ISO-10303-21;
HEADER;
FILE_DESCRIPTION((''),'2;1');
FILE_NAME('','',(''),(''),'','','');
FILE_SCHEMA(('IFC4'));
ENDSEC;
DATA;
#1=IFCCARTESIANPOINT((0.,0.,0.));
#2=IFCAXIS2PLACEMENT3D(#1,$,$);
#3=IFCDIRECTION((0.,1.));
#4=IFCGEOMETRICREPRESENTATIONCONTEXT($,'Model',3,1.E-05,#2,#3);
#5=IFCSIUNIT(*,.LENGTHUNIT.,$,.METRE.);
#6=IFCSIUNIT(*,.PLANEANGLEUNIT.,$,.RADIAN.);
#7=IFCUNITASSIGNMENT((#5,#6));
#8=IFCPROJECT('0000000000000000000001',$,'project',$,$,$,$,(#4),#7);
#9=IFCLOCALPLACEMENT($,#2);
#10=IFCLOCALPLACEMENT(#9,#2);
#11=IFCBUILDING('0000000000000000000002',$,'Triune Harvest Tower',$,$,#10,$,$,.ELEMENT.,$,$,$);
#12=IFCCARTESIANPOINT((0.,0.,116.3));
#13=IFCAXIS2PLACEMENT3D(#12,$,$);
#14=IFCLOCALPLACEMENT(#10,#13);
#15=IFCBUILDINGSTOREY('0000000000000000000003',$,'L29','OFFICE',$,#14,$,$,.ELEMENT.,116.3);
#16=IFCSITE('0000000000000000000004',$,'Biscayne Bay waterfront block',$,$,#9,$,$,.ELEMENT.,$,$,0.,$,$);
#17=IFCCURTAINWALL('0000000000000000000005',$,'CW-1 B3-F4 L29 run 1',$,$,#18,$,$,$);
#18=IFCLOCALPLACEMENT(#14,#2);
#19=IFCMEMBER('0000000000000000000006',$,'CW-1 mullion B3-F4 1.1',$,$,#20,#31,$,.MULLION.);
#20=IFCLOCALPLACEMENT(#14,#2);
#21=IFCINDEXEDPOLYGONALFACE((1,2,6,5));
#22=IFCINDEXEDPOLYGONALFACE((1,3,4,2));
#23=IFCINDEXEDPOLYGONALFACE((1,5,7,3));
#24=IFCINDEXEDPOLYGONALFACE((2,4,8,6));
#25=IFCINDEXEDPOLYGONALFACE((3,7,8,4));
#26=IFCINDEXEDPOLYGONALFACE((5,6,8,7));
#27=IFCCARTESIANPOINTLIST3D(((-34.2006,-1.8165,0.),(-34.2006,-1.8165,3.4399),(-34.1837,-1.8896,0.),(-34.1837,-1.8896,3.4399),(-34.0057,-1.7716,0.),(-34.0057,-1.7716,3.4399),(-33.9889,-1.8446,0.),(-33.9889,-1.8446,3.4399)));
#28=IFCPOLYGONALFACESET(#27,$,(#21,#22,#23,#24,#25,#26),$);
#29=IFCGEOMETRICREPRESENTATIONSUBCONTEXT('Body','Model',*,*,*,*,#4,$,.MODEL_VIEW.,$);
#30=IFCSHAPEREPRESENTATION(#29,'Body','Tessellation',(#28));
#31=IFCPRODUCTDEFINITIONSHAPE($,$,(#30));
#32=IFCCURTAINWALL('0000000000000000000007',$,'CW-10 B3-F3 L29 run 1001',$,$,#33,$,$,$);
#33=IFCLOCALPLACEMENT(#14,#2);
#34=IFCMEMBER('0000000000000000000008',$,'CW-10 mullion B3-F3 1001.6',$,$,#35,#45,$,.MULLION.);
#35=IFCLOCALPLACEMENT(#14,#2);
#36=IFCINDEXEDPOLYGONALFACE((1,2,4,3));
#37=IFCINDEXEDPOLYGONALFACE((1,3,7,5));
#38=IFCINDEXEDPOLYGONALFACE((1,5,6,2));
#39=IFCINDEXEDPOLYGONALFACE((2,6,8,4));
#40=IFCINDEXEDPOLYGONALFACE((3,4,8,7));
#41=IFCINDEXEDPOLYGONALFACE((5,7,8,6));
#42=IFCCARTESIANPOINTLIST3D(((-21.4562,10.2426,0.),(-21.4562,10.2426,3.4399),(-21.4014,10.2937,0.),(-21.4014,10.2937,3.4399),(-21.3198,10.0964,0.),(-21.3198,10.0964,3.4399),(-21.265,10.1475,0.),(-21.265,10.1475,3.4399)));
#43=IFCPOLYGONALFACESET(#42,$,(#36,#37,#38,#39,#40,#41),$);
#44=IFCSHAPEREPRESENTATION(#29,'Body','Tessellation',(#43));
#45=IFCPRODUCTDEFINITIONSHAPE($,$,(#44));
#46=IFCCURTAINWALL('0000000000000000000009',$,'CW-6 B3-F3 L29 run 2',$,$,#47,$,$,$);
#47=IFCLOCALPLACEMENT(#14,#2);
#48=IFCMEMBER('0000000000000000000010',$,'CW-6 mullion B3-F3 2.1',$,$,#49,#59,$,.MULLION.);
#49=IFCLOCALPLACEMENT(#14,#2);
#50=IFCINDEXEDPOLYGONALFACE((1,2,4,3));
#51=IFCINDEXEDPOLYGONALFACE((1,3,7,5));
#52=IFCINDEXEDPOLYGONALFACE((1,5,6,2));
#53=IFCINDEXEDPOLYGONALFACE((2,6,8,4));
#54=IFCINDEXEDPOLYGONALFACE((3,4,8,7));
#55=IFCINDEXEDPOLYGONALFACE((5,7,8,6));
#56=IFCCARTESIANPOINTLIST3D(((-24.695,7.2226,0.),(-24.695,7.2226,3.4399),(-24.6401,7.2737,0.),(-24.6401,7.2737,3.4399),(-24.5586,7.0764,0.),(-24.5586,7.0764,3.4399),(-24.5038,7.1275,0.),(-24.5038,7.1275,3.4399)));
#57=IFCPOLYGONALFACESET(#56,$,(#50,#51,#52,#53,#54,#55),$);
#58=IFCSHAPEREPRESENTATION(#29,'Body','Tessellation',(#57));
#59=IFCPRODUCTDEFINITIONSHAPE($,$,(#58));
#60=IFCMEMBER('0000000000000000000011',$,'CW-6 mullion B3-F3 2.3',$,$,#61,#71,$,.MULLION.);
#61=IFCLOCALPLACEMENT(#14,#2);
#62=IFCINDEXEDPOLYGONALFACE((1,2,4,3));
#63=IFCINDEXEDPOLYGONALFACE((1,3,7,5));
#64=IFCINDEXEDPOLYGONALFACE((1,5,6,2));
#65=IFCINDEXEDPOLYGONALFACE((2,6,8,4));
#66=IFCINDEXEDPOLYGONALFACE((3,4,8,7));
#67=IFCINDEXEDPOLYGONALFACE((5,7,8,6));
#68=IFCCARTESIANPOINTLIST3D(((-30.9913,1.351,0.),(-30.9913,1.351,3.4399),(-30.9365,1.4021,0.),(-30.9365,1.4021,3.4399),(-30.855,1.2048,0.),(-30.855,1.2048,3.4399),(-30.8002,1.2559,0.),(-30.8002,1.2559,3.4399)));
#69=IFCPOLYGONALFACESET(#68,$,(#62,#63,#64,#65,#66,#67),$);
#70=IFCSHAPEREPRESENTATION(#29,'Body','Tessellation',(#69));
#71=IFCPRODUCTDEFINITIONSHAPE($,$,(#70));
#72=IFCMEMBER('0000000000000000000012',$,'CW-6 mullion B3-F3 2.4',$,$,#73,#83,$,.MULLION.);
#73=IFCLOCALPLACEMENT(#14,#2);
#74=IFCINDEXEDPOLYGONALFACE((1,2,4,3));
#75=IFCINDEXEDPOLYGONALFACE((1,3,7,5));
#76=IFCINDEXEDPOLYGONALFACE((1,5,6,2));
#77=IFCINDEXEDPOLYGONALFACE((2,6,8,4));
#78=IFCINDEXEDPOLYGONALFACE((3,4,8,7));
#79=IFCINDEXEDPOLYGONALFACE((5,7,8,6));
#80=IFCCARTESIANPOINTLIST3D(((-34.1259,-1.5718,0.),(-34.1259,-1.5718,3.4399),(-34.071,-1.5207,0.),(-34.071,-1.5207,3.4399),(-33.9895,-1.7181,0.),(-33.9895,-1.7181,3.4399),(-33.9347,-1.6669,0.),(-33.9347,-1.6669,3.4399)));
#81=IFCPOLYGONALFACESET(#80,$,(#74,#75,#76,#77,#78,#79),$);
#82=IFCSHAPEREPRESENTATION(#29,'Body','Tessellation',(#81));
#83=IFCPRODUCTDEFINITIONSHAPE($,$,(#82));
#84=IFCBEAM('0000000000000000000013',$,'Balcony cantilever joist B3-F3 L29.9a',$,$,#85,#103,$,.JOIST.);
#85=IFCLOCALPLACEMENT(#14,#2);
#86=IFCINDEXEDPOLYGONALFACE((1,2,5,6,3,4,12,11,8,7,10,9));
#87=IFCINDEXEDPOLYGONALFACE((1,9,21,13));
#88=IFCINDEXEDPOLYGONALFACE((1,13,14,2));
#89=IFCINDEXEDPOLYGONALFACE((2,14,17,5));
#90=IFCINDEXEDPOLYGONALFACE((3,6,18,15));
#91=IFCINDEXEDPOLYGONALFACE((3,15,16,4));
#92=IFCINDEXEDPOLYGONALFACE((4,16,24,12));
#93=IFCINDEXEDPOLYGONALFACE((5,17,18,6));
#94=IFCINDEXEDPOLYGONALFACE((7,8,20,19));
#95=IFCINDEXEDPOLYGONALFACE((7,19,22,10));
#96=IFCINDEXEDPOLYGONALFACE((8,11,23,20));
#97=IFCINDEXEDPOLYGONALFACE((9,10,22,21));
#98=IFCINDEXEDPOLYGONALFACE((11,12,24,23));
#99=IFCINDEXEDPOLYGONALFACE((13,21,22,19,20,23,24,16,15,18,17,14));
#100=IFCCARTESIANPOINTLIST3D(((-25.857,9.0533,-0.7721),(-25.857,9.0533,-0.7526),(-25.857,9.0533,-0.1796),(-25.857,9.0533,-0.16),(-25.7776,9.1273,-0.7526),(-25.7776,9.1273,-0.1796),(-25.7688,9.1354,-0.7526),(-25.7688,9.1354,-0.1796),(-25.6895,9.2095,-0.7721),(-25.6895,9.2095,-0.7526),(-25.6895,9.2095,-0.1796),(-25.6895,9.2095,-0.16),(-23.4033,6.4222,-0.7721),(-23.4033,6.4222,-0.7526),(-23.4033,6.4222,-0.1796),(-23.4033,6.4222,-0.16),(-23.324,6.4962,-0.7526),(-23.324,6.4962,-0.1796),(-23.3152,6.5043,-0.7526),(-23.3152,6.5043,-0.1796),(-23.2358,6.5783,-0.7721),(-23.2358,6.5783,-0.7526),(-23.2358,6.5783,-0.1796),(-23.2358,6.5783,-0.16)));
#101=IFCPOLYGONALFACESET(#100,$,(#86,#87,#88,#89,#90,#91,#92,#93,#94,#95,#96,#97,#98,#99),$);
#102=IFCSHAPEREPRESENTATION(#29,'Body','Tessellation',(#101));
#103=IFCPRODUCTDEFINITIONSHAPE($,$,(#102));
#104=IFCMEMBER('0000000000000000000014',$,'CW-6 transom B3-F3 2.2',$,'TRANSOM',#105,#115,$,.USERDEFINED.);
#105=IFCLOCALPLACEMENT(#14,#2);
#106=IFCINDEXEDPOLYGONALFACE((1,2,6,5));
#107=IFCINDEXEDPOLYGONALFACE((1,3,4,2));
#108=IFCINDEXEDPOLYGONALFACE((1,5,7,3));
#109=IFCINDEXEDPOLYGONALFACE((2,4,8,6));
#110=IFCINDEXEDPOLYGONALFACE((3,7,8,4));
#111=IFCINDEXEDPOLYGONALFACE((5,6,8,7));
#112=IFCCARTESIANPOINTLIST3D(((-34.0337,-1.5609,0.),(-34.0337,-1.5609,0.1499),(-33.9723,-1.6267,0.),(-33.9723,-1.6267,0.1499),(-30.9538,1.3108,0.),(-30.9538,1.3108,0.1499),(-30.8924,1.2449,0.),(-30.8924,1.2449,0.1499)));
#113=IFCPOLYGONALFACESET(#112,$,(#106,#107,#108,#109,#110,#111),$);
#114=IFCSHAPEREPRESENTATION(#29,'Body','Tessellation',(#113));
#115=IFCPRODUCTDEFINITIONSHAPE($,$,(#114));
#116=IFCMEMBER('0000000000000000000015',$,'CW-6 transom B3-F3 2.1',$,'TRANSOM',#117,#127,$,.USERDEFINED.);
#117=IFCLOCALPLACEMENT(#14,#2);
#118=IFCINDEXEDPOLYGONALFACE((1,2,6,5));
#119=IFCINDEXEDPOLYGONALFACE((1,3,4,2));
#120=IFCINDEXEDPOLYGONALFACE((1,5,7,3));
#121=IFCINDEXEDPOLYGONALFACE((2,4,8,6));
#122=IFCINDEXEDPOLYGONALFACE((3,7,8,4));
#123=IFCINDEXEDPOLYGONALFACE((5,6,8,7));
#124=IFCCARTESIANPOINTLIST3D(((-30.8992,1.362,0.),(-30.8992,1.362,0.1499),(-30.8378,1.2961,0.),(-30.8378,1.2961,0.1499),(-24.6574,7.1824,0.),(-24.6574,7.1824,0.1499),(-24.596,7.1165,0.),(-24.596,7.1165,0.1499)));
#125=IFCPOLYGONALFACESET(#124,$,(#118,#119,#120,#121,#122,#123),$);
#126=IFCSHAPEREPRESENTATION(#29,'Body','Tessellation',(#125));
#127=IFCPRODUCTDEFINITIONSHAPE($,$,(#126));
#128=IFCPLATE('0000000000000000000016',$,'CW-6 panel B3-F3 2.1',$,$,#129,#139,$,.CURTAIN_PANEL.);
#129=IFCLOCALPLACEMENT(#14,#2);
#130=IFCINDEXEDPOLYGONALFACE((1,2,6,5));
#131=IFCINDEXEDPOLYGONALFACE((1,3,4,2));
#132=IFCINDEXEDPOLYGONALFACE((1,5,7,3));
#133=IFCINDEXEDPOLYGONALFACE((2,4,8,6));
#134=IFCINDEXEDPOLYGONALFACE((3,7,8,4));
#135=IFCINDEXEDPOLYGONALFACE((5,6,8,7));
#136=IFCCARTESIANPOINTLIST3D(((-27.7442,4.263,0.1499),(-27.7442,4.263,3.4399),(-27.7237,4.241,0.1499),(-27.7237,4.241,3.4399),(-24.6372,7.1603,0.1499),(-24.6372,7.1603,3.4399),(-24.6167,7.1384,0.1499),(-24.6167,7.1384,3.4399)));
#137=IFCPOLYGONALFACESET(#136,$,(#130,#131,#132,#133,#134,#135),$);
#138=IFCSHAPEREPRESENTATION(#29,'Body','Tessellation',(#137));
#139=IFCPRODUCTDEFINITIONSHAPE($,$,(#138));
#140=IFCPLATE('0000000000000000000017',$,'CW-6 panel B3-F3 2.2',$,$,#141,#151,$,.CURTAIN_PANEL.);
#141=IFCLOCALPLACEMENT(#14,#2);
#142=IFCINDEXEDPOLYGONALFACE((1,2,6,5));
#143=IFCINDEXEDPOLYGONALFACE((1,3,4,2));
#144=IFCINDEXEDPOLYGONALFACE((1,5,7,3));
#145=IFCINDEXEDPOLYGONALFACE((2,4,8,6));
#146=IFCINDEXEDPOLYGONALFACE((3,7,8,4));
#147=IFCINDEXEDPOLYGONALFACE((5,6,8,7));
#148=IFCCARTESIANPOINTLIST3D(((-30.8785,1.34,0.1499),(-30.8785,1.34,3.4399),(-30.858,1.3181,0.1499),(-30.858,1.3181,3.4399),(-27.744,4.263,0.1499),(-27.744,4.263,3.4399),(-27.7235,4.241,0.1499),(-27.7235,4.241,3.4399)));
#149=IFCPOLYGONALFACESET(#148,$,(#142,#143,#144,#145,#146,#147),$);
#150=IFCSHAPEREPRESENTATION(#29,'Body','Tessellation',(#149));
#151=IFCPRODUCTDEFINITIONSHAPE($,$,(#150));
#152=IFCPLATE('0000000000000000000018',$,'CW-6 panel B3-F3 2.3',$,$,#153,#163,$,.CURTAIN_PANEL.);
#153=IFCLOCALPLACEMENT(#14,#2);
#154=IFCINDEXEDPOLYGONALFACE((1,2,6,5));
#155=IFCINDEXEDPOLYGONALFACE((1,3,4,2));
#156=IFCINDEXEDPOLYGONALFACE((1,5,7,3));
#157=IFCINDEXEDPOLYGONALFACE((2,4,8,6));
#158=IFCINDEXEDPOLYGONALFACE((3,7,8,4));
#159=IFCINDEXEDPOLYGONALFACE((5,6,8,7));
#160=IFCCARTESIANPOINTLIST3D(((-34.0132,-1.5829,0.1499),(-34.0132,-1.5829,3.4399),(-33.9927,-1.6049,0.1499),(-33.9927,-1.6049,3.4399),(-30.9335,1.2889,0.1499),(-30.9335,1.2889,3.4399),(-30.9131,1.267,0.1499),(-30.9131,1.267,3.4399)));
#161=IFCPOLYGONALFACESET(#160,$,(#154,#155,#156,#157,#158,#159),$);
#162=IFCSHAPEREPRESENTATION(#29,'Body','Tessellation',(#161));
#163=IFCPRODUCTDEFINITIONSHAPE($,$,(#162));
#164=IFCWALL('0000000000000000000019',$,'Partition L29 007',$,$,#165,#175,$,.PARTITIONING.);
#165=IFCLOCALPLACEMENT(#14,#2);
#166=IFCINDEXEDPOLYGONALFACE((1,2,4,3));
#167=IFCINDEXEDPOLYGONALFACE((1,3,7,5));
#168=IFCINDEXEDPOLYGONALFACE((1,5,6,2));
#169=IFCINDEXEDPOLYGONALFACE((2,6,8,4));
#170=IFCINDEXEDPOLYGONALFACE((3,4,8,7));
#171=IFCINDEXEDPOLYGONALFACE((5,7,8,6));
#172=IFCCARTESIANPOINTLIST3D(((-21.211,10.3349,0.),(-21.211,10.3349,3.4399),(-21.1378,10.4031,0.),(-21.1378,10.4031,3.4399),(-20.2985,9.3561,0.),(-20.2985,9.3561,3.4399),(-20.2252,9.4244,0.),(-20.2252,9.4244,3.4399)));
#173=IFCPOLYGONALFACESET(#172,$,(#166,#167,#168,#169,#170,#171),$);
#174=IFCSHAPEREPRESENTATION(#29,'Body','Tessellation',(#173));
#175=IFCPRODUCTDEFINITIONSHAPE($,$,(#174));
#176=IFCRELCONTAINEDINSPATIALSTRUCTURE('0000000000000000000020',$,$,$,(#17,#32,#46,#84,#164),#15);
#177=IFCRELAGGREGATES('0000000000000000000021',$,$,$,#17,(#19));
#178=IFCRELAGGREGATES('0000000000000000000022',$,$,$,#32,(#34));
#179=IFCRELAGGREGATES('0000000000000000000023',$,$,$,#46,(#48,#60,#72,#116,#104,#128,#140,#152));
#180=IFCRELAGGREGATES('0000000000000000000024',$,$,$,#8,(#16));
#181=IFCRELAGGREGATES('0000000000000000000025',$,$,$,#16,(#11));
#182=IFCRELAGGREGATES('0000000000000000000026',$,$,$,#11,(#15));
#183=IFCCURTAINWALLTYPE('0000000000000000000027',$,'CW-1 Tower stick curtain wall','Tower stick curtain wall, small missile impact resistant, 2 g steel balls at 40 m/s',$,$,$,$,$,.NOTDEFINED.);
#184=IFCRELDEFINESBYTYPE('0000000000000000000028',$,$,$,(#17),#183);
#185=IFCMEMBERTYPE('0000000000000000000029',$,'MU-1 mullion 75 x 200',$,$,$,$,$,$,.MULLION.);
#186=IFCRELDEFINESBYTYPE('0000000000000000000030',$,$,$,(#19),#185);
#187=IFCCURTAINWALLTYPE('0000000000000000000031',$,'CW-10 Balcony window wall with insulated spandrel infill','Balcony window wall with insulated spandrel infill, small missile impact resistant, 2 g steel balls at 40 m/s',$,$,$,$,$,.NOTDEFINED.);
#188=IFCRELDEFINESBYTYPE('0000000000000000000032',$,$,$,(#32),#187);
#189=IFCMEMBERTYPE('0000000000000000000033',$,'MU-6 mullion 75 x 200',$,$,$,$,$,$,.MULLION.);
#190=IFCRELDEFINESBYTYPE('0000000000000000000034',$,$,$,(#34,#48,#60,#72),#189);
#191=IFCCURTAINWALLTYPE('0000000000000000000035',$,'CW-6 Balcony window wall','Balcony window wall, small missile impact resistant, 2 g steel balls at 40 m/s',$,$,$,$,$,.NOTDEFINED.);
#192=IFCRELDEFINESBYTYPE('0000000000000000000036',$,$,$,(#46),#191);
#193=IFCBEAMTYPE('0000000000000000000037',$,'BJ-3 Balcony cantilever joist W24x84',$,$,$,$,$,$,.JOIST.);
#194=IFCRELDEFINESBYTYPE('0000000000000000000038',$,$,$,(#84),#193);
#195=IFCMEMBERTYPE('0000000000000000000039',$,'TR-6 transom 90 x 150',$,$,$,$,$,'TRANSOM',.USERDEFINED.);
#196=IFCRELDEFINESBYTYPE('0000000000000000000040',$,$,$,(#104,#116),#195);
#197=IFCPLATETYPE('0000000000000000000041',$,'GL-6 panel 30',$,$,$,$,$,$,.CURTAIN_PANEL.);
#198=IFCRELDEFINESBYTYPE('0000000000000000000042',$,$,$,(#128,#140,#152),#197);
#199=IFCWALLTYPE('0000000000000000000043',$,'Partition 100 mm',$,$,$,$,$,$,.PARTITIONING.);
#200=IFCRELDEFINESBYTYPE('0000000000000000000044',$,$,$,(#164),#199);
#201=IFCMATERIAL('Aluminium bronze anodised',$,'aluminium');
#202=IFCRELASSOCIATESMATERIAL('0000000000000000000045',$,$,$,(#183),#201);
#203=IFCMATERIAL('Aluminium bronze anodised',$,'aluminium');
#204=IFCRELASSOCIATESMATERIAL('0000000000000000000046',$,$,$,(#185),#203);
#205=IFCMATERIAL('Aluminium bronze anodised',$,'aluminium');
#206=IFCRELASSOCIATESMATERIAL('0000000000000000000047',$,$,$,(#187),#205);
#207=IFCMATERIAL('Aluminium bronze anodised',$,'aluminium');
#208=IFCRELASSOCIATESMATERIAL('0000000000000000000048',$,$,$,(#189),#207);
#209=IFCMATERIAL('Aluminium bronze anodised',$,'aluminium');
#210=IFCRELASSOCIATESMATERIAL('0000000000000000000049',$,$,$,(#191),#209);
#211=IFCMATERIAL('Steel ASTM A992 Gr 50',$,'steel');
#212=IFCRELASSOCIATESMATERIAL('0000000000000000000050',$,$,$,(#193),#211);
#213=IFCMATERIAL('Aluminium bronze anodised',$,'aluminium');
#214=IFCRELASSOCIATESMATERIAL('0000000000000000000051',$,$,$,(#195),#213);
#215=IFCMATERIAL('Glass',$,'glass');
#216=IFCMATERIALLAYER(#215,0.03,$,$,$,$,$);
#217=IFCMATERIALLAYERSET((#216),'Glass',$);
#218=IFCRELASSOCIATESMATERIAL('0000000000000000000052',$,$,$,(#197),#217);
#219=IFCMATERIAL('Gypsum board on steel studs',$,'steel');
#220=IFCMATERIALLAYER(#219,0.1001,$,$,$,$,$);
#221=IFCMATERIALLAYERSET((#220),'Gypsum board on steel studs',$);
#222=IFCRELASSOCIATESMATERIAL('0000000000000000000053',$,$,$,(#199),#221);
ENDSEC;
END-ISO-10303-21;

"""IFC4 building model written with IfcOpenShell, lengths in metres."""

from ifc_helpers import new_model, si_unit, direction, frame, frame_2d, origin, origin_2d, place, context, subcontext, project, spatial, rectangle, i_section, extrude, source, transform, mapped, material, layer, layer_set, material_profile, profile_set, type_object, element, aggregate, save


model = new_model("IFC4")

# Units and contexts
model_context = context("Model", 3, precision=1e-05, world=origin(), true_north=direction((0.0, 1.0)))
body_context = subcontext(model_context, "Body", "Model", "MODEL_VIEW")
ifc_project = project(units=[si_unit("LENGTHUNIT", "METRE"), si_unit("PLANEANGLEUNIT", "RADIAN")], contexts=[model_context])

# Site, building, storey
site_placement = place(None, origin())
site = spatial("IfcSite", under=ifc_project, at=site_placement, Name="Biscayne Bay waterfront block", CompositionType="ELEMENT", RefElevation=0.0)
building_placement = place(site_placement, origin())
building = spatial("IfcBuilding", under=site, at=building_placement, Name="Triune Harvest Tower", CompositionType="ELEMENT")
storey_placement = place(building_placement, frame((0.0, 0.0, 116.3)))
storey = spatial("IfcBuildingStorey", under=building, at=storey_placement, Name="L29", Description="OFFICE", CompositionType="ELEMENT", Elevation=116.3)

# Curtain walls, members
ifc_material_1 = material(Name="Aluminium bronze anodised", Category="aluminium")
curtain_wall_type_1 = type_object("IfcCurtainWallType", Name="CW-1 Tower stick curtain wall", Description="Tower stick curtain wall, small missile impact resistant, 2 g steel balls at 40 m/s", PredefinedType="NOTDEFINED", material=ifc_material_1)
curtain_wall_1_placement = place(storey_placement, origin())
curtain_wall_1 = element("IfcCurtainWall", 1, at=curtain_wall_1_placement, inside=storey, type_object=curtain_wall_type_1, Name="CW-1 B3-F4 L29 run 1")
ifc_material_2 = material(Name="Aluminium bronze anodised", Category="aluminium")
ifc_material_profile_1 = material_profile(ifc_material_2, rectangle(XDim=0.2, YDim=0.075, at=origin_2d()), Name="MU-1 mullion 75 x 200")
ifc_profile_set_1 = profile_set([ifc_material_profile_1], Name="Aluminium bronze anodised")
member_type_1 = type_object("IfcMemberType", Name="MU-1 mullion 75 x 200", PredefinedType="MULLION", material=ifc_profile_set_1)
shared_shape_1 = source(origin(), body_context, "Body", "SweptSolid", [
    extrude(rectangle(XDim=0.2, YDim=0.075, at=origin_2d()), origin(), (0.0, 0.0, 1.0), 3.4399),
])
member_1_placement = place(storey_placement, frame((-34.0947, -1.8306, 0.0), z_axis=(0.0, 0.0, 1.0), x_axis=(0.974371, 0.224947, 0.0)))
member_1 = element("IfcMember", 2, at=member_1_placement, type_object=member_type_1, Name="CW-1 mullion B3-F4 1.1", PredefinedType="MULLION", context=body_context, shape_type="MappedRepresentation", body=[
    mapped(shared_shape_1, transform((0.0, 0.0, 0.0), scale=1.0)),
])
aggregate(curtain_wall_1, [member_1])
ifc_material_3 = material(Name="Aluminium bronze anodised", Category="aluminium")
curtain_wall_type_2 = type_object("IfcCurtainWallType", Name="CW-10 Balcony window wall with insulated spandrel infill", Description="Balcony window wall with insulated spandrel infill, small missile impact resistant, 2 g steel balls at 40 m/s", PredefinedType="NOTDEFINED", material=ifc_material_3)
curtain_wall_2_placement = place(storey_placement, origin())
curtain_wall_2 = element("IfcCurtainWall", 3, at=curtain_wall_2_placement, inside=storey, type_object=curtain_wall_type_2, Name="CW-10 B3-F3 L29 run 1001")
ifc_material_4 = material(Name="Aluminium bronze anodised", Category="aluminium")
ifc_material_profile_2 = material_profile(ifc_material_4, rectangle(XDim=0.2, YDim=0.075, at=origin_2d()), Name="MU-6 mullion 75 x 200")
ifc_profile_set_2 = profile_set([ifc_material_profile_2], Name="Aluminium bronze anodised")
member_type_2 = type_object("IfcMemberType", Name="MU-6 mullion 75 x 200", PredefinedType="MULLION", material=ifc_profile_set_2)
shared_shape_2 = source(origin(), body_context, "Body", "SweptSolid", [
    extrude(rectangle(XDim=0.2, YDim=0.075, at=origin_2d()), origin(), (0.0, 0.0, 1.0), 3.4399),
])
member_2_placement = place(storey_placement, frame((-21.3606, 10.1951, 0.0), z_axis=(0.0, 0.0, 1.0), x_axis=(0.682, -0.731352, 0.0)))
member_2 = element("IfcMember", 4, at=member_2_placement, type_object=member_type_2, Name="CW-10 mullion B3-F3 1001.6", PredefinedType="MULLION", context=body_context, shape_type="MappedRepresentation", body=[
    mapped(shared_shape_2, transform((0.0, 0.0, 0.0), scale=1.0)),
])
aggregate(curtain_wall_2, [member_2])

# Curtain wall, members
ifc_material_5 = material(Name="Aluminium bronze anodised", Category="aluminium")
curtain_wall_type_3 = type_object("IfcCurtainWallType", Name="CW-6 Balcony window wall", Description="Balcony window wall, small missile impact resistant, 2 g steel balls at 40 m/s", PredefinedType="NOTDEFINED", material=ifc_material_5)
curtain_wall_3_placement = place(storey_placement, origin())
curtain_wall_3 = element("IfcCurtainWall", 5, at=curtain_wall_3_placement, inside=storey, type_object=curtain_wall_type_3, Name="CW-6 B3-F3 L29 run 2")
member_3_placement = place(storey_placement, frame((-24.5994, 7.175, 0.0), z_axis=(0.0, 0.0, 1.0), x_axis=(0.681999, -0.731353, 0.0)))
member_3 = element("IfcMember", 6, at=member_3_placement, type_object=member_type_2, Name="CW-6 mullion B3-F3 2.1", PredefinedType="MULLION", context=body_context, shape_type="MappedRepresentation", body=[
    mapped(shared_shape_2, transform((0.0, 0.0, 0.0), scale=1.0)),
])
member_4_placement = place(storey_placement, frame((-30.8958, 1.3035, 0.0), z_axis=(0.0, 0.0, 1.0), x_axis=(0.681999, -0.731353, 0.0)))
member_4 = element("IfcMember", 7, at=member_4_placement, type_object=member_type_2, Name="CW-6 mullion B3-F3 2.3", PredefinedType="MULLION", context=body_context, shape_type="MappedRepresentation", body=[
    mapped(shared_shape_2, transform((0.0, 0.0, 0.0), scale=1.0)),
])
member_5_placement = place(storey_placement, frame((-34.0303, -1.6194, 0.0), z_axis=(0.0, 0.0, 1.0), x_axis=(0.681999, -0.731353, 0.0)))
member_5 = element("IfcMember", 8, at=member_5_placement, type_object=member_type_2, Name="CW-6 mullion B3-F3 2.4", PredefinedType="MULLION", context=body_context, shape_type="MappedRepresentation", body=[
    mapped(shared_shape_2, transform((0.0, 0.0, 0.0), scale=1.0)),
])

# Beam
ifc_material_6 = material(Name="Steel ASTM A992 Gr 50", Category="steel")
ifc_material_profile_3 = material_profile(ifc_material_6, i_section(OverallWidth=0.229, OverallDepth=0.6121, WebThickness=0.012, FlangeThickness=0.0195, at=origin_2d()), Name="W24x84")
ifc_profile_set_3 = profile_set([ifc_material_profile_3], Name="Steel ASTM A992 Gr 50")
beam_type_1 = type_object("IfcBeamType", Name="BJ-3 Balcony cantilever joist W24x84", PredefinedType="JOIST", material=ifc_profile_set_3)
shared_shape_3 = source(origin(), body_context, "Body", "SweptSolid", [
    extrude(i_section(OverallWidth=0.229, OverallDepth=0.6121, WebThickness=0.012, FlangeThickness=0.0195, at=origin_2d()), origin(), (0.0, 0.0, 1.0), 3.5977),
])
beam_1_placement = place(storey_placement, frame((-23.3196, 6.5002, -0.4661), z_axis=(-0.682009, 0.731344, 0.0), x_axis=(-0.731344, -0.682009, 0.0)))
element("IfcBeam", 9, at=beam_1_placement, inside=storey, type_object=beam_type_1, Name="Balcony cantilever joist B3-F3 L29.9a", PredefinedType="JOIST", context=body_context, shape_type="MappedRepresentation", body=[
    mapped(shared_shape_3, transform((0.0, 0.0, 0.0), scale=1.0)),
])

# Members
ifc_material_7 = material(Name="Aluminium bronze anodised", Category="aluminium")
ifc_material_profile_4 = material_profile(ifc_material_7, rectangle(XDim=0.0901, YDim=0.1499, at=origin_2d()), Name="TR-6 transom 90 x 150")
ifc_profile_set_4 = profile_set([ifc_material_profile_4], Name="Aluminium bronze anodised")
member_type_3 = type_object("IfcMemberType", Name="TR-6 transom 90 x 150", ElementType="TRANSOM", PredefinedType="USERDEFINED", material=ifc_profile_set_4)
shared_shape_4 = source(origin(), body_context, "Body", "SweptSolid", [
    extrude(rectangle(XDim=0.0901, YDim=0.1499, at=origin_2d()), origin(), (0.0, 0.0, 1.0), 4.2109),
])
member_6_placement = place(storey_placement, frame((-30.9231, 1.2778, 0.075), z_axis=(-0.731402, -0.681946, 0.0), x_axis=(0.681946, -0.731402, 0.0)))
member_6 = element("IfcMember", 10, at=member_6_placement, type_object=member_type_3, Name="CW-6 transom B3-F3 2.2", ObjectType="TRANSOM", PredefinedType="USERDEFINED", context=body_context, shape_type="MappedRepresentation", body=[
    mapped(shared_shape_4, transform((0.0, 0.0, 0.0), scale=1.0)),
])
shared_shape_5 = source(origin(), body_context, "Body", "SweptSolid", [
    extrude(rectangle(XDim=0.0901, YDim=0.1499, at=origin_2d()), origin(), (0.0, 0.0, 1.0), 8.5344),
])
member_7_placement = place(storey_placement, frame((-24.6267, 7.1494, 0.075), z_axis=(-0.731363, -0.681988, 0.0), x_axis=(0.681988, -0.731363, 0.0)))
member_7 = element("IfcMember", 11, at=member_7_placement, type_object=member_type_3, Name="CW-6 transom B3-F3 2.1", ObjectType="TRANSOM", PredefinedType="USERDEFINED", context=body_context, shape_type="MappedRepresentation", body=[
    mapped(shared_shape_5, transform((0.0, 0.0, 0.0), scale=1.0)),
])

# Plates
ifc_material_8 = material(Name="Glass", Category="glass")
ifc_layer_1 = layer(ifc_material_8, 0.03)
ifc_layer_set_1 = layer_set([ifc_layer_1], Name="Glass")
plate_type = type_object("IfcPlateType", Name="GL-6 panel 30", PredefinedType="CURTAIN_PANEL", material=ifc_layer_set_1)
shared_shape_6 = source(origin(), body_context, "Body", "SweptSolid", [
    extrude(rectangle(XDim=4.2483, YDim=0.03, at=origin_2d()), origin(), (0.0, 0.0, 1.0), 3.29),
])
plate_1_placement = place(storey_placement, frame((-26.1804, 5.7007, 0.1499), z_axis=(0.0, 0.0, 1.0), x_axis=(-0.731353, -0.681999, 0.0)))
plate_1 = element("IfcPlate", 12, at=plate_1_placement, type_object=plate_type, Name="CW-6 panel B3-F3 2.1", PredefinedType="CURTAIN_PANEL", context=body_context, shape_type="MappedRepresentation", body=[
    mapped(shared_shape_6, transform((0.0, 0.0, 0.0), scale=1.0)),
])
shared_shape_7 = source(origin(), body_context, "Body", "SweptSolid", [
    extrude(rectangle(XDim=4.2859, YDim=0.03, at=origin_2d()), origin(), (0.0, 0.0, 1.0), 3.29),
])
plate_2_placement = place(storey_placement, frame((-29.301, 2.7905, 0.1499), z_axis=(0.0, 0.0, 1.0), x_axis=(-0.731353, -0.681999, 0.0)))
plate_2 = element("IfcPlate", 13, at=plate_2_placement, type_object=plate_type, Name="CW-6 panel B3-F3 2.2", PredefinedType="CURTAIN_PANEL", context=body_context, shape_type="MappedRepresentation", body=[
    mapped(shared_shape_7, transform((0.0, 0.0, 0.0), scale=1.0)),
])
shared_shape_8 = source(origin(), body_context, "Body", "SweptSolid", [
    extrude(rectangle(XDim=4.2109, YDim=0.03, at=origin_2d()), origin(), (0.0, 0.0, 1.0), 3.29),
])
plate_3_placement = place(storey_placement, frame((-32.4631, -0.158, 0.1499), z_axis=(0.0, 0.0, 1.0), x_axis=(-0.731353, -0.681999, 0.0)))
plate_3 = element("IfcPlate", 14, at=plate_3_placement, type_object=plate_type, Name="CW-6 panel B3-F3 2.3", PredefinedType="CURTAIN_PANEL", context=body_context, shape_type="MappedRepresentation", body=[
    mapped(shared_shape_8, transform((0.0, 0.0, 0.0), scale=1.0)),
])
aggregate(curtain_wall_3, [member_3, member_4, member_5, member_7, member_6, plate_1, plate_2, plate_3])

# Wall
ifc_material_9 = material(Name="Gypsum board on steel studs", Category="steel")
ifc_layer_2 = layer(ifc_material_9, 0.1001)
ifc_layer_set_2 = layer_set([ifc_layer_2], Name="Gypsum board on steel studs")
wall_type_1 = type_object("IfcWallType", Name="Partition 100 mm", PredefinedType="PARTITIONING", material=ifc_layer_set_2)
shared_shape_9 = source(origin(), body_context, "Body", "SweptSolid", [
    extrude(rectangle(XDim=1.3381, YDim=0.1001, at=frame_2d((0.6689, 0.0))), origin(), (0.0, 0.0, 1.0), 3.4399),
])
wall_1_placement = place(storey_placement, frame((-21.1743, 10.3689, 0.0), z_axis=(0.0, 0.0, 1.0), x_axis=(0.681954, -0.731395, 0.0)))
element("IfcWall", 15, at=wall_1_placement, inside=storey, type_object=wall_type_1, Name="Partition L29 007", PredefinedType="PARTITIONING", context=body_context, shape_type="MappedRepresentation", body=[
    mapped(shared_shape_9, transform((0.0, 0.0, 0.0), scale=1.0)),
])

save(model, "model.ifc")
